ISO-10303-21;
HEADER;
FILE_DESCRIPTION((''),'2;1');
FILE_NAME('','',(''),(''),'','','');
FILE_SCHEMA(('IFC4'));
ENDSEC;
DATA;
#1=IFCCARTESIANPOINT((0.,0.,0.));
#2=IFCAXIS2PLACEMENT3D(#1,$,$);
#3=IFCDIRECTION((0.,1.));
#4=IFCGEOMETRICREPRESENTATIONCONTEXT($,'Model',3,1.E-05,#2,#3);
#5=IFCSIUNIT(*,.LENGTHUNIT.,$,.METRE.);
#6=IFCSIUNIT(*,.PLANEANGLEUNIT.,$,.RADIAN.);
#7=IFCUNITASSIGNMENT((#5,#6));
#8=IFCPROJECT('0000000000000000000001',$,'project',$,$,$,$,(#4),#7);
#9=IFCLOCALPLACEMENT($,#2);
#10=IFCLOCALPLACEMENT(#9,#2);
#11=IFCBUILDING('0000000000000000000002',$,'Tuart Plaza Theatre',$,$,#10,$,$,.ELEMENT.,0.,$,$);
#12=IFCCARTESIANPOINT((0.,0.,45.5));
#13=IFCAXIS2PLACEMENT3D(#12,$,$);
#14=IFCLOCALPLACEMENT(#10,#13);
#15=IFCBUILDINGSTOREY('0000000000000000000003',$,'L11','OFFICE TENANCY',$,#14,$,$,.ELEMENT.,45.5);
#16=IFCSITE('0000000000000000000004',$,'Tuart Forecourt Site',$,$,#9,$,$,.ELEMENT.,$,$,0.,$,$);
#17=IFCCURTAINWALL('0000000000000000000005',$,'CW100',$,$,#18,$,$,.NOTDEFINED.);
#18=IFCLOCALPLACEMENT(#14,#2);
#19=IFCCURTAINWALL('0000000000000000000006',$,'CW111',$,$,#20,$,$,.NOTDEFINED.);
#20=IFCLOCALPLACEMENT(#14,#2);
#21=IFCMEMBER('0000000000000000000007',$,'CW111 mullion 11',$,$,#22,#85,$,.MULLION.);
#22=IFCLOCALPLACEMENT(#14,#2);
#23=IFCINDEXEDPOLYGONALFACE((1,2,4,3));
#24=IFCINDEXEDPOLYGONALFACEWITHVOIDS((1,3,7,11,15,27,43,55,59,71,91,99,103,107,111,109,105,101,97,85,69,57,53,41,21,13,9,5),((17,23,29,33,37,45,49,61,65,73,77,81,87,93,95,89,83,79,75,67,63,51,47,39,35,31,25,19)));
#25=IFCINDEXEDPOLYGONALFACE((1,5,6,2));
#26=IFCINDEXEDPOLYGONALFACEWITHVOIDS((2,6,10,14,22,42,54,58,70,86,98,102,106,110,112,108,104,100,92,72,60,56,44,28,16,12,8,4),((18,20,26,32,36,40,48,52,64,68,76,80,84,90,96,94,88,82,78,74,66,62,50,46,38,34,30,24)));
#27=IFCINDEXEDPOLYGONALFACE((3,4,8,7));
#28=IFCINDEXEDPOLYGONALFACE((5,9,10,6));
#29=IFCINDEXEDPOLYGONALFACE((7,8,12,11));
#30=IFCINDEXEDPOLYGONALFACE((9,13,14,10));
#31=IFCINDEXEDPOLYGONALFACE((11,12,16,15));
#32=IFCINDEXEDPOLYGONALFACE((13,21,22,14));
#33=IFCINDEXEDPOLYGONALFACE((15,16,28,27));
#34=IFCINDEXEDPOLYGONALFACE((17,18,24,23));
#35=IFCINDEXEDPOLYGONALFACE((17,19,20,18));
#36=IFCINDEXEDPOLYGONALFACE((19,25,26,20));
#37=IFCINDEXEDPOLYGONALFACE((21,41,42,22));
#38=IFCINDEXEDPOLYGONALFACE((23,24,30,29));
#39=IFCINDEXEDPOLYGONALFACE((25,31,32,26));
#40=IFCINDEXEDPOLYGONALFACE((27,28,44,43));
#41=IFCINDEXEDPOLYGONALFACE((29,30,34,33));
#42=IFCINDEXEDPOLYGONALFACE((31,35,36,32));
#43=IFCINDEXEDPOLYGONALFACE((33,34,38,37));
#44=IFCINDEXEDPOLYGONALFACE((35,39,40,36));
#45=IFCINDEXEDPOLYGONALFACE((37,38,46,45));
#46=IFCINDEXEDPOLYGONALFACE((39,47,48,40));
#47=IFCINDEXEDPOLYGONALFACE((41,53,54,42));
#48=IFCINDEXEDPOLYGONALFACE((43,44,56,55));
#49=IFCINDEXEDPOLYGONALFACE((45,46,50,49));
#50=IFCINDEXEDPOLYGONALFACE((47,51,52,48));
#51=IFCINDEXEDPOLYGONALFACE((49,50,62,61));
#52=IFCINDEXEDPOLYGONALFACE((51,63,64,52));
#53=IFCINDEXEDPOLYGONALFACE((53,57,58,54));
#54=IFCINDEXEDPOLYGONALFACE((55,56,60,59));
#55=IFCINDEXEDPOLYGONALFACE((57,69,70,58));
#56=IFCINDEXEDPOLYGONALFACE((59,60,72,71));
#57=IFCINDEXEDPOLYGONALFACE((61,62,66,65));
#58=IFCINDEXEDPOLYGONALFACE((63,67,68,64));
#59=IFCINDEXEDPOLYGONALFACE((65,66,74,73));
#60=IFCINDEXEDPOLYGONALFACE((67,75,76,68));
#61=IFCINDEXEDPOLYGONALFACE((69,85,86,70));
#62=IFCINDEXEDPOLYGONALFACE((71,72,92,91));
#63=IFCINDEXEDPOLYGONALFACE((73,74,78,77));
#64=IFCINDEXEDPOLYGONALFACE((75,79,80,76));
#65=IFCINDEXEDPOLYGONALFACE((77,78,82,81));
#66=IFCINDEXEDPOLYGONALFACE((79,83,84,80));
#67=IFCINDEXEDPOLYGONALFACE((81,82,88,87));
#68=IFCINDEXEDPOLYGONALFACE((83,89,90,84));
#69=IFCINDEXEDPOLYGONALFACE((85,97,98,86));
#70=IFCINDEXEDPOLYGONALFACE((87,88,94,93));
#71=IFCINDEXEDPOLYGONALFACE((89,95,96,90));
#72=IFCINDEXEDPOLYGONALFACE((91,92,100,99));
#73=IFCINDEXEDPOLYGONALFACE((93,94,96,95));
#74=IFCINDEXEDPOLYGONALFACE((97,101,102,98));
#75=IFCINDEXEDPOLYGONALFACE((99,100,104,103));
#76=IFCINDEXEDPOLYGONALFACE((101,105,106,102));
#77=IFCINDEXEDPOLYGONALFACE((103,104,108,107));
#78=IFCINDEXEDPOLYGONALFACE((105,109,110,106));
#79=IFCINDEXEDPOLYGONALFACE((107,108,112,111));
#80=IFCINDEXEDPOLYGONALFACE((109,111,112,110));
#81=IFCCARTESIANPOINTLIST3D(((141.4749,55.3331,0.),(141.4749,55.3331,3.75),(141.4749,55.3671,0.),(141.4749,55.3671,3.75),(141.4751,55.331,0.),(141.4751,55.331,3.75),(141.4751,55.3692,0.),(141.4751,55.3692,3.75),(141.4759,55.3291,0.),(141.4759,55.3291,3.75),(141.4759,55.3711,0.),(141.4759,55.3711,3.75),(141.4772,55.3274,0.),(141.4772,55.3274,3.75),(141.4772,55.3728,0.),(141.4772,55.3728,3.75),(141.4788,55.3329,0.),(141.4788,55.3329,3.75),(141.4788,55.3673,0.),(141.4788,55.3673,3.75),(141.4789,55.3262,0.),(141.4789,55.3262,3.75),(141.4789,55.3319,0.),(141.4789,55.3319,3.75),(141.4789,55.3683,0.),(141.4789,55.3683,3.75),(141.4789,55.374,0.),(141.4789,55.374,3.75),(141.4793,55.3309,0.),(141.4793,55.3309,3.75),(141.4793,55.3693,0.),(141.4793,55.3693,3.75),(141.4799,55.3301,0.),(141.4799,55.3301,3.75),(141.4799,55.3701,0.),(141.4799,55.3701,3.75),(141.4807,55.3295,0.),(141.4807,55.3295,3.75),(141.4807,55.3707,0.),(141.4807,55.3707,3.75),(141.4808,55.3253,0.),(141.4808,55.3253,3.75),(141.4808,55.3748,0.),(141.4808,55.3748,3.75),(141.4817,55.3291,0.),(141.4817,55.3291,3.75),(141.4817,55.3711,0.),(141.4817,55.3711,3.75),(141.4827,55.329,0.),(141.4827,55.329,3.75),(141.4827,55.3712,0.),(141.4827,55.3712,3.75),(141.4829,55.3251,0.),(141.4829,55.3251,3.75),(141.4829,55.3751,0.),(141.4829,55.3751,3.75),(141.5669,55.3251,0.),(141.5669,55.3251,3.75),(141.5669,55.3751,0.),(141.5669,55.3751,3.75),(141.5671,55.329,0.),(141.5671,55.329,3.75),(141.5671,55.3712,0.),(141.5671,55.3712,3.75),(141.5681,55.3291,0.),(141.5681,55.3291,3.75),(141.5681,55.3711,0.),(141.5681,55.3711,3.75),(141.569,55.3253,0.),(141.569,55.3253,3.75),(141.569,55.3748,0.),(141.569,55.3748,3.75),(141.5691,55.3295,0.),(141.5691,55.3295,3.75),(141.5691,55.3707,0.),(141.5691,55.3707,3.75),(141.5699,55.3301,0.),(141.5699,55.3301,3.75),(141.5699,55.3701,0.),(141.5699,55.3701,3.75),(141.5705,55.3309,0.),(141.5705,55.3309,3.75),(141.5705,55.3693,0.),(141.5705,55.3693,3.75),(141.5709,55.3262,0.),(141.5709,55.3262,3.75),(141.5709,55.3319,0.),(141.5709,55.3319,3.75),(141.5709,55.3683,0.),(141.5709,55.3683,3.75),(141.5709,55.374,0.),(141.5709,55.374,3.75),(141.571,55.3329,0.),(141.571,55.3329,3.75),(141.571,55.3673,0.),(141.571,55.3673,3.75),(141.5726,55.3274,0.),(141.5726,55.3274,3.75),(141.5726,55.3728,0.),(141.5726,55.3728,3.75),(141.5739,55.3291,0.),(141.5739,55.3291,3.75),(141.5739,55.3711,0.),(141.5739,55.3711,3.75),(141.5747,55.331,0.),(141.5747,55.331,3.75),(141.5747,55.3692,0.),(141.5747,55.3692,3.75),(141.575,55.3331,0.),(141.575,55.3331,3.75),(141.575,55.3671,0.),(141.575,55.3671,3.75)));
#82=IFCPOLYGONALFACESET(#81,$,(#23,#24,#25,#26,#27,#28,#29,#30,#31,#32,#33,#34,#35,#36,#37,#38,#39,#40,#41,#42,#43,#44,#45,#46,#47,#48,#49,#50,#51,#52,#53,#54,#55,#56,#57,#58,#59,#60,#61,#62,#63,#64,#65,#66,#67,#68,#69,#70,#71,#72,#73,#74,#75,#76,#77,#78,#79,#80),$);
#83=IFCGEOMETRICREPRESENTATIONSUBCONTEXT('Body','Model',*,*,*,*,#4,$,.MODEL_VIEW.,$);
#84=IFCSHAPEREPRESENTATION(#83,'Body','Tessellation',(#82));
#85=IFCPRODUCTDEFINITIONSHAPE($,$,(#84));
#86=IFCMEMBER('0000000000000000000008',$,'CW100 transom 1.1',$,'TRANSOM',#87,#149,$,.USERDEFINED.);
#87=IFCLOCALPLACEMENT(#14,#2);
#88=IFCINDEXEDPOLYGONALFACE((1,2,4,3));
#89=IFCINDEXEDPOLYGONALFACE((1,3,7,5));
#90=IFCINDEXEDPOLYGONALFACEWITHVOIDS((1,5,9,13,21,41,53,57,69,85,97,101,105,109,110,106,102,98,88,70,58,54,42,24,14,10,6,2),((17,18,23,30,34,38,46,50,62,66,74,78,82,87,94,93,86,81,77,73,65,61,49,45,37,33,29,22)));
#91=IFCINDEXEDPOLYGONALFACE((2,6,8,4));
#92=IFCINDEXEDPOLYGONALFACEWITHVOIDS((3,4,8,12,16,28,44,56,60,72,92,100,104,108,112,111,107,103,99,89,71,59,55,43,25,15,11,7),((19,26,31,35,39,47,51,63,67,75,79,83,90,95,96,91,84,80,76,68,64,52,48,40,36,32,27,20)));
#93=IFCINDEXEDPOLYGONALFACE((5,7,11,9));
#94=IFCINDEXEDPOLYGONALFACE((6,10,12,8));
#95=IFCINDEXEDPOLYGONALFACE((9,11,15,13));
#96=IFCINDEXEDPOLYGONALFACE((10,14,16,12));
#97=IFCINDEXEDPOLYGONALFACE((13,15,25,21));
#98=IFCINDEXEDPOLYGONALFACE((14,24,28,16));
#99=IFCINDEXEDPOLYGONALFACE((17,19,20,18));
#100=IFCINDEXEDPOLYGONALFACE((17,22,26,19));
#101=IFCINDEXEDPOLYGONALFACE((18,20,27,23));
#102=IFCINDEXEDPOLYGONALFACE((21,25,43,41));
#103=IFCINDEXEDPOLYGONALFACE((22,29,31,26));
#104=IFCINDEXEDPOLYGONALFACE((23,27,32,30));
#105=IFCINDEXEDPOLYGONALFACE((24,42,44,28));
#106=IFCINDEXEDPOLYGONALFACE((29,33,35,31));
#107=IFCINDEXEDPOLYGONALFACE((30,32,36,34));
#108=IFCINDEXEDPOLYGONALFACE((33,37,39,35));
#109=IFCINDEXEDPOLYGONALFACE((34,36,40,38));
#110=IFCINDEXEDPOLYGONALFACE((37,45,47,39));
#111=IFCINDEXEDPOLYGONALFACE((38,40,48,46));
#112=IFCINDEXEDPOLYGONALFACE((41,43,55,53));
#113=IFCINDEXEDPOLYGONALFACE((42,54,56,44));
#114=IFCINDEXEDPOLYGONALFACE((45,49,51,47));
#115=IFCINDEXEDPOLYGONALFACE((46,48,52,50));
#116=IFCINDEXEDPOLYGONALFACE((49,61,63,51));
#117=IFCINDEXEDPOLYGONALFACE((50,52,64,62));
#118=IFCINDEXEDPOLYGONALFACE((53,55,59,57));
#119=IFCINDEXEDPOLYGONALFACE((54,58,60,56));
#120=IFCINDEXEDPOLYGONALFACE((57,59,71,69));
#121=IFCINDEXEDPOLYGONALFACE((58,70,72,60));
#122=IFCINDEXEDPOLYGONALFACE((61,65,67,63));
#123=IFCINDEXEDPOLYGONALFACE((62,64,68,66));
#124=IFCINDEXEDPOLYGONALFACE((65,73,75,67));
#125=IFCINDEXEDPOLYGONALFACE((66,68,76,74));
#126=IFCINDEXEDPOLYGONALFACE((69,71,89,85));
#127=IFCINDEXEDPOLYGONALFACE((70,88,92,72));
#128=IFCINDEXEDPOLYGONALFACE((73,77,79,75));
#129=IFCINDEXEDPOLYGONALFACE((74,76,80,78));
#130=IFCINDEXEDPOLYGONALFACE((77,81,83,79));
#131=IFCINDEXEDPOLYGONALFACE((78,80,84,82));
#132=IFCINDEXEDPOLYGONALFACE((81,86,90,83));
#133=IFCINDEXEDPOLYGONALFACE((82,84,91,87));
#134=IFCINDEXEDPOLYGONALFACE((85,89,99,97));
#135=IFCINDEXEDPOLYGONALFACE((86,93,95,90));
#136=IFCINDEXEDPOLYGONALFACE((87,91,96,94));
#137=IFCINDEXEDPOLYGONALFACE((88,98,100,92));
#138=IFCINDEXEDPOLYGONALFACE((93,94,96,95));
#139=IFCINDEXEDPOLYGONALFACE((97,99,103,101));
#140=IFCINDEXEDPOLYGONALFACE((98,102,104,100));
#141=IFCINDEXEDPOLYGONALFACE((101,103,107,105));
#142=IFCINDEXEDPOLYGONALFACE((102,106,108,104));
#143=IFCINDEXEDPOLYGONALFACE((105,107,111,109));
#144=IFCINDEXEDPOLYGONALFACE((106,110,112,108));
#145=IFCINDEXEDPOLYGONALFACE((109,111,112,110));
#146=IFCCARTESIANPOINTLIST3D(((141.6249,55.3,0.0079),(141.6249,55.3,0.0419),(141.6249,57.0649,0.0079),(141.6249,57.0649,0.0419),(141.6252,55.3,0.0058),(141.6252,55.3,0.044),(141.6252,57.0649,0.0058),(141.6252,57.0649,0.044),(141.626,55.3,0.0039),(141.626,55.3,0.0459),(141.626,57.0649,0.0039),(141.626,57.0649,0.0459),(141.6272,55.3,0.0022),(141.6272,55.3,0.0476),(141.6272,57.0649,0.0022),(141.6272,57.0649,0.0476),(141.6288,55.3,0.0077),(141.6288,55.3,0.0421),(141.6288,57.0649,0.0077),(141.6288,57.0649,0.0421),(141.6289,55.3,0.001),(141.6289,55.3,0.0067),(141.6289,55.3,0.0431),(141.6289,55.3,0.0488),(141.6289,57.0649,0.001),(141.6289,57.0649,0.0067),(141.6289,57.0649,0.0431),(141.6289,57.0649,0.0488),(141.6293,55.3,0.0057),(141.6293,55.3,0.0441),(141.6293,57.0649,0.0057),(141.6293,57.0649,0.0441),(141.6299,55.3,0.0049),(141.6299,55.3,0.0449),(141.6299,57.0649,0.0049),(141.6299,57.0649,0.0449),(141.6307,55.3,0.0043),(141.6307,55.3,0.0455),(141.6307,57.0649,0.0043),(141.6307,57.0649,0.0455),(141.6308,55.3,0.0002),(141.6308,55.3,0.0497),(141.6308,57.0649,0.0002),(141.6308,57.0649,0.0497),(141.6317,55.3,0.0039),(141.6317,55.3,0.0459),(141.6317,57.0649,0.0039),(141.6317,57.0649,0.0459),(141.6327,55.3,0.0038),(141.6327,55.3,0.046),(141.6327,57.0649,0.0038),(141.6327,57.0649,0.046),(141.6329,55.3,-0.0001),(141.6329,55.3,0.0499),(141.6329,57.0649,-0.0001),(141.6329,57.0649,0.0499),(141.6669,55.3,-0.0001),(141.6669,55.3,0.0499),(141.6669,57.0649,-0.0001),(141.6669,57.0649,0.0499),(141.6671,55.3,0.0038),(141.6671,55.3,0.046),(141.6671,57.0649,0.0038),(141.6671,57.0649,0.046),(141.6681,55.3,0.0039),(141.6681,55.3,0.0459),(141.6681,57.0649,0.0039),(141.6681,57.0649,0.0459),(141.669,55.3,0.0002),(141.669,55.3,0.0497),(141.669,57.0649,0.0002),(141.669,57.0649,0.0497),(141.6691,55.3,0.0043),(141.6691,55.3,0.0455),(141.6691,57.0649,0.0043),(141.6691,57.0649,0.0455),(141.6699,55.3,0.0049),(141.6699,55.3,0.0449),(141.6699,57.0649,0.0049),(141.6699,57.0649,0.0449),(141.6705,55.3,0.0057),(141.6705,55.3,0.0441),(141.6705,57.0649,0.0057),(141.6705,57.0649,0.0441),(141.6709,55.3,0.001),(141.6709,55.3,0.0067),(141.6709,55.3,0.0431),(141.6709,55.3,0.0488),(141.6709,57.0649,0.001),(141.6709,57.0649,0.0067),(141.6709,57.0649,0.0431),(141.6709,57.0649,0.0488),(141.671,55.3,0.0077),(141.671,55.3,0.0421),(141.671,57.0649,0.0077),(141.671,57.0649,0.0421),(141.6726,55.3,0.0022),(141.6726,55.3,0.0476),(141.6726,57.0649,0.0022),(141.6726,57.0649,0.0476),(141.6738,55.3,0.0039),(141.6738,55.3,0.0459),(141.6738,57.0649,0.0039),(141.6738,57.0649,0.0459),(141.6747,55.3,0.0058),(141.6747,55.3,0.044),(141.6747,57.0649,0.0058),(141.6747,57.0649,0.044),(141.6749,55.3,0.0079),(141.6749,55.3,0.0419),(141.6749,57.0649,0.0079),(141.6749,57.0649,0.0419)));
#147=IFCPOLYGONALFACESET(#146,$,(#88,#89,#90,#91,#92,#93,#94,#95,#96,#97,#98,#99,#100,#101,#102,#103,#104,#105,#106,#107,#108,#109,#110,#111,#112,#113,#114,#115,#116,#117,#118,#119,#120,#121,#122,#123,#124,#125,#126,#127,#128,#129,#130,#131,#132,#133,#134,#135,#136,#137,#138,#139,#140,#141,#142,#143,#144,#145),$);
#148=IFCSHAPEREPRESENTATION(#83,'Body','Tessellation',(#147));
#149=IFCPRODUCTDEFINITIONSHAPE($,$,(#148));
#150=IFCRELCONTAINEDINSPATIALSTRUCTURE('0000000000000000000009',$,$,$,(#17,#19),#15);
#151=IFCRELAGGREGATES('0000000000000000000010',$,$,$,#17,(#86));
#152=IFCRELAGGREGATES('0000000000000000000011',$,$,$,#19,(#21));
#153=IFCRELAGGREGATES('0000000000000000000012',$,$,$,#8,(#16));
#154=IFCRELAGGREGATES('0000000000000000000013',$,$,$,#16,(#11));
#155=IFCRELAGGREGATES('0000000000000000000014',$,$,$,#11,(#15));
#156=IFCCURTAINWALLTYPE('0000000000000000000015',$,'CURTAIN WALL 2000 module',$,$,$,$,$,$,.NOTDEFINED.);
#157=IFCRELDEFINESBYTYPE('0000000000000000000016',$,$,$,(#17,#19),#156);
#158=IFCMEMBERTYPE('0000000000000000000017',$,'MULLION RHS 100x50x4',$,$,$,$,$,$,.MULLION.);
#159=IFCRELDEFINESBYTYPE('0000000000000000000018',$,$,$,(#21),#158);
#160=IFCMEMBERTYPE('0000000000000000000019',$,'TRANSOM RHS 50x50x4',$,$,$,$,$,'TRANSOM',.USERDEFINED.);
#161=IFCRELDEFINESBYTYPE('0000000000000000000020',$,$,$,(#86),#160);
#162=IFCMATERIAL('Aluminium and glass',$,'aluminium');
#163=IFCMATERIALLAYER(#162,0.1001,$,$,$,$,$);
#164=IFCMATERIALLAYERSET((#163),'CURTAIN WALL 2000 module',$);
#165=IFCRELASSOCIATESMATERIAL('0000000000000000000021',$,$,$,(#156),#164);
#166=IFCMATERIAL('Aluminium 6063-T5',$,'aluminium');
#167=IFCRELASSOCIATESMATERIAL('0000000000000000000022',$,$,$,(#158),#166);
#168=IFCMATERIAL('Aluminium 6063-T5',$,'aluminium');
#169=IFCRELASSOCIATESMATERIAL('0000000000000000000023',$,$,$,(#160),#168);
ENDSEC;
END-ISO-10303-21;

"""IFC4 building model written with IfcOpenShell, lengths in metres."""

from ifc_helpers import new_model, si_unit, direction, frame, origin, origin_2d, place, context, subcontext, project, spatial, hollow_rectangle, extrude, material, layer, layer_set, material_profile, profile_set, type_object, element, aggregate, save


model = new_model("IFC4")

# Units and contexts
model_context = context("Model", 3, precision=1e-05, world=origin(), true_north=direction((0.0, 1.0)))
body_context = subcontext(model_context, "Body", "Model", "MODEL_VIEW")
ifc_project = project(units=[si_unit("LENGTHUNIT", "METRE"), si_unit("PLANEANGLEUNIT", "RADIAN")], contexts=[model_context])

# Site, building, storey
site_placement = place(None, origin())
site = spatial("IfcSite", under=ifc_project, at=site_placement, Name="Tuart Forecourt Site", CompositionType="ELEMENT", RefElevation=0.0)
building_placement = place(site_placement, origin())
building = spatial("IfcBuilding", under=site, at=building_placement, Name="Tuart Plaza Theatre", CompositionType="ELEMENT", ElevationOfRefHeight=0.0)
storey_placement = place(building_placement, frame((0.0, 0.0, 45.5)))
storey = spatial("IfcBuildingStorey", under=building, at=storey_placement, Name="L11", Description="OFFICE TENANCY", CompositionType="ELEMENT", Elevation=45.5)

# Curtain wall
ifc_material_1 = material(Name="Aluminium and glass", Category="aluminium")
ifc_layer_1 = layer(ifc_material_1, 0.1001)
ifc_layer_set_1 = layer_set([ifc_layer_1], Name="CURTAIN WALL 2000 module")
curtain_wall_type = type_object("IfcCurtainWallType", Name="CURTAIN WALL 2000 module", PredefinedType="NOTDEFINED", material=ifc_layer_set_1)
curtain_wall_1_placement = place(storey_placement, origin())
curtain_wall_1 = element("IfcCurtainWall", 1, at=curtain_wall_1_placement, inside=storey, type_object=curtain_wall_type, Name="CW100", PredefinedType="NOTDEFINED")
ifc_material_2 = material(Name="Aluminium 6063-T5", Category="aluminium")
ifc_material_profile_1 = material_profile(ifc_material_2, hollow_rectangle(XDim=0.05, YDim=0.1001, WallThickness=0.0039, InnerFilletRadius=0.0039, OuterFilletRadius=0.0081, at=origin_2d()), Name="RHS 100x50x4")
ifc_profile_set_1 = profile_set([ifc_material_profile_1], Name="Aluminium 6063-T5")
member_type_1 = type_object("IfcMemberType", Name="MULLION RHS 100x50x4", PredefinedType="MULLION", material=ifc_profile_set_1)

# Curtain wall, member
curtain_wall_2_placement = place(storey_placement, origin())
curtain_wall_2 = element("IfcCurtainWall", 2, at=curtain_wall_2_placement, inside=storey, type_object=curtain_wall_type, Name="CW111", PredefinedType="NOTDEFINED")
member_1_placement = place(storey_placement, frame((141.5249, 55.3501, 0.0), z_axis=(0.0, 0.0, 1.0), x_axis=(0.0, 1.0, 0.0)))
member_1 = element("IfcMember", 3, at=member_1_placement, type_object=member_type_1, Name="CW111 mullion 11", PredefinedType="MULLION", context=body_context, shape_type="SweptSolid", body=[
    extrude(hollow_rectangle(XDim=0.05, YDim=0.1001, WallThickness=0.0039, InnerFilletRadius=0.0039, OuterFilletRadius=0.0081, at=origin_2d()), origin(), (0.0, 0.0, 1.0), 3.75),
])

# Member
ifc_material_3 = material(Name="Aluminium 6063-T5", Category="aluminium")
ifc_material_profile_2 = material_profile(ifc_material_3, hollow_rectangle(XDim=0.05, YDim=0.05, WallThickness=0.0039, InnerFilletRadius=0.0039, OuterFilletRadius=0.0081, at=origin_2d()), Name="RHS 50x50x4")
ifc_profile_set_2 = profile_set([ifc_material_profile_2], Name="Aluminium 6063-T5")
member_type_2 = type_object("IfcMemberType", Name="TRANSOM RHS 50x50x4", ElementType="TRANSOM", PredefinedType="USERDEFINED", material=ifc_profile_set_2)
member_2_placement = place(storey_placement, frame((141.6499, 55.3, 0.0249), z_axis=(0.0, 1.0, 0.0), x_axis=(-1.0, 0.0, 0.0)))
member_2 = element("IfcMember", 4, at=member_2_placement, type_object=member_type_2, Name="CW100 transom 1.1", ObjectType="TRANSOM", PredefinedType="USERDEFINED", context=body_context, shape_type="SweptSolid", body=[
    extrude(hollow_rectangle(XDim=0.05, YDim=0.05, WallThickness=0.0039, InnerFilletRadius=0.0039, OuterFilletRadius=0.0081, at=origin_2d()), origin(), (0.0, 0.0, 1.0), 1.7649),
])
aggregate(curtain_wall_1, [member_2])

aggregate(curtain_wall_2, [member_1])

save(model, "model.ifc")
